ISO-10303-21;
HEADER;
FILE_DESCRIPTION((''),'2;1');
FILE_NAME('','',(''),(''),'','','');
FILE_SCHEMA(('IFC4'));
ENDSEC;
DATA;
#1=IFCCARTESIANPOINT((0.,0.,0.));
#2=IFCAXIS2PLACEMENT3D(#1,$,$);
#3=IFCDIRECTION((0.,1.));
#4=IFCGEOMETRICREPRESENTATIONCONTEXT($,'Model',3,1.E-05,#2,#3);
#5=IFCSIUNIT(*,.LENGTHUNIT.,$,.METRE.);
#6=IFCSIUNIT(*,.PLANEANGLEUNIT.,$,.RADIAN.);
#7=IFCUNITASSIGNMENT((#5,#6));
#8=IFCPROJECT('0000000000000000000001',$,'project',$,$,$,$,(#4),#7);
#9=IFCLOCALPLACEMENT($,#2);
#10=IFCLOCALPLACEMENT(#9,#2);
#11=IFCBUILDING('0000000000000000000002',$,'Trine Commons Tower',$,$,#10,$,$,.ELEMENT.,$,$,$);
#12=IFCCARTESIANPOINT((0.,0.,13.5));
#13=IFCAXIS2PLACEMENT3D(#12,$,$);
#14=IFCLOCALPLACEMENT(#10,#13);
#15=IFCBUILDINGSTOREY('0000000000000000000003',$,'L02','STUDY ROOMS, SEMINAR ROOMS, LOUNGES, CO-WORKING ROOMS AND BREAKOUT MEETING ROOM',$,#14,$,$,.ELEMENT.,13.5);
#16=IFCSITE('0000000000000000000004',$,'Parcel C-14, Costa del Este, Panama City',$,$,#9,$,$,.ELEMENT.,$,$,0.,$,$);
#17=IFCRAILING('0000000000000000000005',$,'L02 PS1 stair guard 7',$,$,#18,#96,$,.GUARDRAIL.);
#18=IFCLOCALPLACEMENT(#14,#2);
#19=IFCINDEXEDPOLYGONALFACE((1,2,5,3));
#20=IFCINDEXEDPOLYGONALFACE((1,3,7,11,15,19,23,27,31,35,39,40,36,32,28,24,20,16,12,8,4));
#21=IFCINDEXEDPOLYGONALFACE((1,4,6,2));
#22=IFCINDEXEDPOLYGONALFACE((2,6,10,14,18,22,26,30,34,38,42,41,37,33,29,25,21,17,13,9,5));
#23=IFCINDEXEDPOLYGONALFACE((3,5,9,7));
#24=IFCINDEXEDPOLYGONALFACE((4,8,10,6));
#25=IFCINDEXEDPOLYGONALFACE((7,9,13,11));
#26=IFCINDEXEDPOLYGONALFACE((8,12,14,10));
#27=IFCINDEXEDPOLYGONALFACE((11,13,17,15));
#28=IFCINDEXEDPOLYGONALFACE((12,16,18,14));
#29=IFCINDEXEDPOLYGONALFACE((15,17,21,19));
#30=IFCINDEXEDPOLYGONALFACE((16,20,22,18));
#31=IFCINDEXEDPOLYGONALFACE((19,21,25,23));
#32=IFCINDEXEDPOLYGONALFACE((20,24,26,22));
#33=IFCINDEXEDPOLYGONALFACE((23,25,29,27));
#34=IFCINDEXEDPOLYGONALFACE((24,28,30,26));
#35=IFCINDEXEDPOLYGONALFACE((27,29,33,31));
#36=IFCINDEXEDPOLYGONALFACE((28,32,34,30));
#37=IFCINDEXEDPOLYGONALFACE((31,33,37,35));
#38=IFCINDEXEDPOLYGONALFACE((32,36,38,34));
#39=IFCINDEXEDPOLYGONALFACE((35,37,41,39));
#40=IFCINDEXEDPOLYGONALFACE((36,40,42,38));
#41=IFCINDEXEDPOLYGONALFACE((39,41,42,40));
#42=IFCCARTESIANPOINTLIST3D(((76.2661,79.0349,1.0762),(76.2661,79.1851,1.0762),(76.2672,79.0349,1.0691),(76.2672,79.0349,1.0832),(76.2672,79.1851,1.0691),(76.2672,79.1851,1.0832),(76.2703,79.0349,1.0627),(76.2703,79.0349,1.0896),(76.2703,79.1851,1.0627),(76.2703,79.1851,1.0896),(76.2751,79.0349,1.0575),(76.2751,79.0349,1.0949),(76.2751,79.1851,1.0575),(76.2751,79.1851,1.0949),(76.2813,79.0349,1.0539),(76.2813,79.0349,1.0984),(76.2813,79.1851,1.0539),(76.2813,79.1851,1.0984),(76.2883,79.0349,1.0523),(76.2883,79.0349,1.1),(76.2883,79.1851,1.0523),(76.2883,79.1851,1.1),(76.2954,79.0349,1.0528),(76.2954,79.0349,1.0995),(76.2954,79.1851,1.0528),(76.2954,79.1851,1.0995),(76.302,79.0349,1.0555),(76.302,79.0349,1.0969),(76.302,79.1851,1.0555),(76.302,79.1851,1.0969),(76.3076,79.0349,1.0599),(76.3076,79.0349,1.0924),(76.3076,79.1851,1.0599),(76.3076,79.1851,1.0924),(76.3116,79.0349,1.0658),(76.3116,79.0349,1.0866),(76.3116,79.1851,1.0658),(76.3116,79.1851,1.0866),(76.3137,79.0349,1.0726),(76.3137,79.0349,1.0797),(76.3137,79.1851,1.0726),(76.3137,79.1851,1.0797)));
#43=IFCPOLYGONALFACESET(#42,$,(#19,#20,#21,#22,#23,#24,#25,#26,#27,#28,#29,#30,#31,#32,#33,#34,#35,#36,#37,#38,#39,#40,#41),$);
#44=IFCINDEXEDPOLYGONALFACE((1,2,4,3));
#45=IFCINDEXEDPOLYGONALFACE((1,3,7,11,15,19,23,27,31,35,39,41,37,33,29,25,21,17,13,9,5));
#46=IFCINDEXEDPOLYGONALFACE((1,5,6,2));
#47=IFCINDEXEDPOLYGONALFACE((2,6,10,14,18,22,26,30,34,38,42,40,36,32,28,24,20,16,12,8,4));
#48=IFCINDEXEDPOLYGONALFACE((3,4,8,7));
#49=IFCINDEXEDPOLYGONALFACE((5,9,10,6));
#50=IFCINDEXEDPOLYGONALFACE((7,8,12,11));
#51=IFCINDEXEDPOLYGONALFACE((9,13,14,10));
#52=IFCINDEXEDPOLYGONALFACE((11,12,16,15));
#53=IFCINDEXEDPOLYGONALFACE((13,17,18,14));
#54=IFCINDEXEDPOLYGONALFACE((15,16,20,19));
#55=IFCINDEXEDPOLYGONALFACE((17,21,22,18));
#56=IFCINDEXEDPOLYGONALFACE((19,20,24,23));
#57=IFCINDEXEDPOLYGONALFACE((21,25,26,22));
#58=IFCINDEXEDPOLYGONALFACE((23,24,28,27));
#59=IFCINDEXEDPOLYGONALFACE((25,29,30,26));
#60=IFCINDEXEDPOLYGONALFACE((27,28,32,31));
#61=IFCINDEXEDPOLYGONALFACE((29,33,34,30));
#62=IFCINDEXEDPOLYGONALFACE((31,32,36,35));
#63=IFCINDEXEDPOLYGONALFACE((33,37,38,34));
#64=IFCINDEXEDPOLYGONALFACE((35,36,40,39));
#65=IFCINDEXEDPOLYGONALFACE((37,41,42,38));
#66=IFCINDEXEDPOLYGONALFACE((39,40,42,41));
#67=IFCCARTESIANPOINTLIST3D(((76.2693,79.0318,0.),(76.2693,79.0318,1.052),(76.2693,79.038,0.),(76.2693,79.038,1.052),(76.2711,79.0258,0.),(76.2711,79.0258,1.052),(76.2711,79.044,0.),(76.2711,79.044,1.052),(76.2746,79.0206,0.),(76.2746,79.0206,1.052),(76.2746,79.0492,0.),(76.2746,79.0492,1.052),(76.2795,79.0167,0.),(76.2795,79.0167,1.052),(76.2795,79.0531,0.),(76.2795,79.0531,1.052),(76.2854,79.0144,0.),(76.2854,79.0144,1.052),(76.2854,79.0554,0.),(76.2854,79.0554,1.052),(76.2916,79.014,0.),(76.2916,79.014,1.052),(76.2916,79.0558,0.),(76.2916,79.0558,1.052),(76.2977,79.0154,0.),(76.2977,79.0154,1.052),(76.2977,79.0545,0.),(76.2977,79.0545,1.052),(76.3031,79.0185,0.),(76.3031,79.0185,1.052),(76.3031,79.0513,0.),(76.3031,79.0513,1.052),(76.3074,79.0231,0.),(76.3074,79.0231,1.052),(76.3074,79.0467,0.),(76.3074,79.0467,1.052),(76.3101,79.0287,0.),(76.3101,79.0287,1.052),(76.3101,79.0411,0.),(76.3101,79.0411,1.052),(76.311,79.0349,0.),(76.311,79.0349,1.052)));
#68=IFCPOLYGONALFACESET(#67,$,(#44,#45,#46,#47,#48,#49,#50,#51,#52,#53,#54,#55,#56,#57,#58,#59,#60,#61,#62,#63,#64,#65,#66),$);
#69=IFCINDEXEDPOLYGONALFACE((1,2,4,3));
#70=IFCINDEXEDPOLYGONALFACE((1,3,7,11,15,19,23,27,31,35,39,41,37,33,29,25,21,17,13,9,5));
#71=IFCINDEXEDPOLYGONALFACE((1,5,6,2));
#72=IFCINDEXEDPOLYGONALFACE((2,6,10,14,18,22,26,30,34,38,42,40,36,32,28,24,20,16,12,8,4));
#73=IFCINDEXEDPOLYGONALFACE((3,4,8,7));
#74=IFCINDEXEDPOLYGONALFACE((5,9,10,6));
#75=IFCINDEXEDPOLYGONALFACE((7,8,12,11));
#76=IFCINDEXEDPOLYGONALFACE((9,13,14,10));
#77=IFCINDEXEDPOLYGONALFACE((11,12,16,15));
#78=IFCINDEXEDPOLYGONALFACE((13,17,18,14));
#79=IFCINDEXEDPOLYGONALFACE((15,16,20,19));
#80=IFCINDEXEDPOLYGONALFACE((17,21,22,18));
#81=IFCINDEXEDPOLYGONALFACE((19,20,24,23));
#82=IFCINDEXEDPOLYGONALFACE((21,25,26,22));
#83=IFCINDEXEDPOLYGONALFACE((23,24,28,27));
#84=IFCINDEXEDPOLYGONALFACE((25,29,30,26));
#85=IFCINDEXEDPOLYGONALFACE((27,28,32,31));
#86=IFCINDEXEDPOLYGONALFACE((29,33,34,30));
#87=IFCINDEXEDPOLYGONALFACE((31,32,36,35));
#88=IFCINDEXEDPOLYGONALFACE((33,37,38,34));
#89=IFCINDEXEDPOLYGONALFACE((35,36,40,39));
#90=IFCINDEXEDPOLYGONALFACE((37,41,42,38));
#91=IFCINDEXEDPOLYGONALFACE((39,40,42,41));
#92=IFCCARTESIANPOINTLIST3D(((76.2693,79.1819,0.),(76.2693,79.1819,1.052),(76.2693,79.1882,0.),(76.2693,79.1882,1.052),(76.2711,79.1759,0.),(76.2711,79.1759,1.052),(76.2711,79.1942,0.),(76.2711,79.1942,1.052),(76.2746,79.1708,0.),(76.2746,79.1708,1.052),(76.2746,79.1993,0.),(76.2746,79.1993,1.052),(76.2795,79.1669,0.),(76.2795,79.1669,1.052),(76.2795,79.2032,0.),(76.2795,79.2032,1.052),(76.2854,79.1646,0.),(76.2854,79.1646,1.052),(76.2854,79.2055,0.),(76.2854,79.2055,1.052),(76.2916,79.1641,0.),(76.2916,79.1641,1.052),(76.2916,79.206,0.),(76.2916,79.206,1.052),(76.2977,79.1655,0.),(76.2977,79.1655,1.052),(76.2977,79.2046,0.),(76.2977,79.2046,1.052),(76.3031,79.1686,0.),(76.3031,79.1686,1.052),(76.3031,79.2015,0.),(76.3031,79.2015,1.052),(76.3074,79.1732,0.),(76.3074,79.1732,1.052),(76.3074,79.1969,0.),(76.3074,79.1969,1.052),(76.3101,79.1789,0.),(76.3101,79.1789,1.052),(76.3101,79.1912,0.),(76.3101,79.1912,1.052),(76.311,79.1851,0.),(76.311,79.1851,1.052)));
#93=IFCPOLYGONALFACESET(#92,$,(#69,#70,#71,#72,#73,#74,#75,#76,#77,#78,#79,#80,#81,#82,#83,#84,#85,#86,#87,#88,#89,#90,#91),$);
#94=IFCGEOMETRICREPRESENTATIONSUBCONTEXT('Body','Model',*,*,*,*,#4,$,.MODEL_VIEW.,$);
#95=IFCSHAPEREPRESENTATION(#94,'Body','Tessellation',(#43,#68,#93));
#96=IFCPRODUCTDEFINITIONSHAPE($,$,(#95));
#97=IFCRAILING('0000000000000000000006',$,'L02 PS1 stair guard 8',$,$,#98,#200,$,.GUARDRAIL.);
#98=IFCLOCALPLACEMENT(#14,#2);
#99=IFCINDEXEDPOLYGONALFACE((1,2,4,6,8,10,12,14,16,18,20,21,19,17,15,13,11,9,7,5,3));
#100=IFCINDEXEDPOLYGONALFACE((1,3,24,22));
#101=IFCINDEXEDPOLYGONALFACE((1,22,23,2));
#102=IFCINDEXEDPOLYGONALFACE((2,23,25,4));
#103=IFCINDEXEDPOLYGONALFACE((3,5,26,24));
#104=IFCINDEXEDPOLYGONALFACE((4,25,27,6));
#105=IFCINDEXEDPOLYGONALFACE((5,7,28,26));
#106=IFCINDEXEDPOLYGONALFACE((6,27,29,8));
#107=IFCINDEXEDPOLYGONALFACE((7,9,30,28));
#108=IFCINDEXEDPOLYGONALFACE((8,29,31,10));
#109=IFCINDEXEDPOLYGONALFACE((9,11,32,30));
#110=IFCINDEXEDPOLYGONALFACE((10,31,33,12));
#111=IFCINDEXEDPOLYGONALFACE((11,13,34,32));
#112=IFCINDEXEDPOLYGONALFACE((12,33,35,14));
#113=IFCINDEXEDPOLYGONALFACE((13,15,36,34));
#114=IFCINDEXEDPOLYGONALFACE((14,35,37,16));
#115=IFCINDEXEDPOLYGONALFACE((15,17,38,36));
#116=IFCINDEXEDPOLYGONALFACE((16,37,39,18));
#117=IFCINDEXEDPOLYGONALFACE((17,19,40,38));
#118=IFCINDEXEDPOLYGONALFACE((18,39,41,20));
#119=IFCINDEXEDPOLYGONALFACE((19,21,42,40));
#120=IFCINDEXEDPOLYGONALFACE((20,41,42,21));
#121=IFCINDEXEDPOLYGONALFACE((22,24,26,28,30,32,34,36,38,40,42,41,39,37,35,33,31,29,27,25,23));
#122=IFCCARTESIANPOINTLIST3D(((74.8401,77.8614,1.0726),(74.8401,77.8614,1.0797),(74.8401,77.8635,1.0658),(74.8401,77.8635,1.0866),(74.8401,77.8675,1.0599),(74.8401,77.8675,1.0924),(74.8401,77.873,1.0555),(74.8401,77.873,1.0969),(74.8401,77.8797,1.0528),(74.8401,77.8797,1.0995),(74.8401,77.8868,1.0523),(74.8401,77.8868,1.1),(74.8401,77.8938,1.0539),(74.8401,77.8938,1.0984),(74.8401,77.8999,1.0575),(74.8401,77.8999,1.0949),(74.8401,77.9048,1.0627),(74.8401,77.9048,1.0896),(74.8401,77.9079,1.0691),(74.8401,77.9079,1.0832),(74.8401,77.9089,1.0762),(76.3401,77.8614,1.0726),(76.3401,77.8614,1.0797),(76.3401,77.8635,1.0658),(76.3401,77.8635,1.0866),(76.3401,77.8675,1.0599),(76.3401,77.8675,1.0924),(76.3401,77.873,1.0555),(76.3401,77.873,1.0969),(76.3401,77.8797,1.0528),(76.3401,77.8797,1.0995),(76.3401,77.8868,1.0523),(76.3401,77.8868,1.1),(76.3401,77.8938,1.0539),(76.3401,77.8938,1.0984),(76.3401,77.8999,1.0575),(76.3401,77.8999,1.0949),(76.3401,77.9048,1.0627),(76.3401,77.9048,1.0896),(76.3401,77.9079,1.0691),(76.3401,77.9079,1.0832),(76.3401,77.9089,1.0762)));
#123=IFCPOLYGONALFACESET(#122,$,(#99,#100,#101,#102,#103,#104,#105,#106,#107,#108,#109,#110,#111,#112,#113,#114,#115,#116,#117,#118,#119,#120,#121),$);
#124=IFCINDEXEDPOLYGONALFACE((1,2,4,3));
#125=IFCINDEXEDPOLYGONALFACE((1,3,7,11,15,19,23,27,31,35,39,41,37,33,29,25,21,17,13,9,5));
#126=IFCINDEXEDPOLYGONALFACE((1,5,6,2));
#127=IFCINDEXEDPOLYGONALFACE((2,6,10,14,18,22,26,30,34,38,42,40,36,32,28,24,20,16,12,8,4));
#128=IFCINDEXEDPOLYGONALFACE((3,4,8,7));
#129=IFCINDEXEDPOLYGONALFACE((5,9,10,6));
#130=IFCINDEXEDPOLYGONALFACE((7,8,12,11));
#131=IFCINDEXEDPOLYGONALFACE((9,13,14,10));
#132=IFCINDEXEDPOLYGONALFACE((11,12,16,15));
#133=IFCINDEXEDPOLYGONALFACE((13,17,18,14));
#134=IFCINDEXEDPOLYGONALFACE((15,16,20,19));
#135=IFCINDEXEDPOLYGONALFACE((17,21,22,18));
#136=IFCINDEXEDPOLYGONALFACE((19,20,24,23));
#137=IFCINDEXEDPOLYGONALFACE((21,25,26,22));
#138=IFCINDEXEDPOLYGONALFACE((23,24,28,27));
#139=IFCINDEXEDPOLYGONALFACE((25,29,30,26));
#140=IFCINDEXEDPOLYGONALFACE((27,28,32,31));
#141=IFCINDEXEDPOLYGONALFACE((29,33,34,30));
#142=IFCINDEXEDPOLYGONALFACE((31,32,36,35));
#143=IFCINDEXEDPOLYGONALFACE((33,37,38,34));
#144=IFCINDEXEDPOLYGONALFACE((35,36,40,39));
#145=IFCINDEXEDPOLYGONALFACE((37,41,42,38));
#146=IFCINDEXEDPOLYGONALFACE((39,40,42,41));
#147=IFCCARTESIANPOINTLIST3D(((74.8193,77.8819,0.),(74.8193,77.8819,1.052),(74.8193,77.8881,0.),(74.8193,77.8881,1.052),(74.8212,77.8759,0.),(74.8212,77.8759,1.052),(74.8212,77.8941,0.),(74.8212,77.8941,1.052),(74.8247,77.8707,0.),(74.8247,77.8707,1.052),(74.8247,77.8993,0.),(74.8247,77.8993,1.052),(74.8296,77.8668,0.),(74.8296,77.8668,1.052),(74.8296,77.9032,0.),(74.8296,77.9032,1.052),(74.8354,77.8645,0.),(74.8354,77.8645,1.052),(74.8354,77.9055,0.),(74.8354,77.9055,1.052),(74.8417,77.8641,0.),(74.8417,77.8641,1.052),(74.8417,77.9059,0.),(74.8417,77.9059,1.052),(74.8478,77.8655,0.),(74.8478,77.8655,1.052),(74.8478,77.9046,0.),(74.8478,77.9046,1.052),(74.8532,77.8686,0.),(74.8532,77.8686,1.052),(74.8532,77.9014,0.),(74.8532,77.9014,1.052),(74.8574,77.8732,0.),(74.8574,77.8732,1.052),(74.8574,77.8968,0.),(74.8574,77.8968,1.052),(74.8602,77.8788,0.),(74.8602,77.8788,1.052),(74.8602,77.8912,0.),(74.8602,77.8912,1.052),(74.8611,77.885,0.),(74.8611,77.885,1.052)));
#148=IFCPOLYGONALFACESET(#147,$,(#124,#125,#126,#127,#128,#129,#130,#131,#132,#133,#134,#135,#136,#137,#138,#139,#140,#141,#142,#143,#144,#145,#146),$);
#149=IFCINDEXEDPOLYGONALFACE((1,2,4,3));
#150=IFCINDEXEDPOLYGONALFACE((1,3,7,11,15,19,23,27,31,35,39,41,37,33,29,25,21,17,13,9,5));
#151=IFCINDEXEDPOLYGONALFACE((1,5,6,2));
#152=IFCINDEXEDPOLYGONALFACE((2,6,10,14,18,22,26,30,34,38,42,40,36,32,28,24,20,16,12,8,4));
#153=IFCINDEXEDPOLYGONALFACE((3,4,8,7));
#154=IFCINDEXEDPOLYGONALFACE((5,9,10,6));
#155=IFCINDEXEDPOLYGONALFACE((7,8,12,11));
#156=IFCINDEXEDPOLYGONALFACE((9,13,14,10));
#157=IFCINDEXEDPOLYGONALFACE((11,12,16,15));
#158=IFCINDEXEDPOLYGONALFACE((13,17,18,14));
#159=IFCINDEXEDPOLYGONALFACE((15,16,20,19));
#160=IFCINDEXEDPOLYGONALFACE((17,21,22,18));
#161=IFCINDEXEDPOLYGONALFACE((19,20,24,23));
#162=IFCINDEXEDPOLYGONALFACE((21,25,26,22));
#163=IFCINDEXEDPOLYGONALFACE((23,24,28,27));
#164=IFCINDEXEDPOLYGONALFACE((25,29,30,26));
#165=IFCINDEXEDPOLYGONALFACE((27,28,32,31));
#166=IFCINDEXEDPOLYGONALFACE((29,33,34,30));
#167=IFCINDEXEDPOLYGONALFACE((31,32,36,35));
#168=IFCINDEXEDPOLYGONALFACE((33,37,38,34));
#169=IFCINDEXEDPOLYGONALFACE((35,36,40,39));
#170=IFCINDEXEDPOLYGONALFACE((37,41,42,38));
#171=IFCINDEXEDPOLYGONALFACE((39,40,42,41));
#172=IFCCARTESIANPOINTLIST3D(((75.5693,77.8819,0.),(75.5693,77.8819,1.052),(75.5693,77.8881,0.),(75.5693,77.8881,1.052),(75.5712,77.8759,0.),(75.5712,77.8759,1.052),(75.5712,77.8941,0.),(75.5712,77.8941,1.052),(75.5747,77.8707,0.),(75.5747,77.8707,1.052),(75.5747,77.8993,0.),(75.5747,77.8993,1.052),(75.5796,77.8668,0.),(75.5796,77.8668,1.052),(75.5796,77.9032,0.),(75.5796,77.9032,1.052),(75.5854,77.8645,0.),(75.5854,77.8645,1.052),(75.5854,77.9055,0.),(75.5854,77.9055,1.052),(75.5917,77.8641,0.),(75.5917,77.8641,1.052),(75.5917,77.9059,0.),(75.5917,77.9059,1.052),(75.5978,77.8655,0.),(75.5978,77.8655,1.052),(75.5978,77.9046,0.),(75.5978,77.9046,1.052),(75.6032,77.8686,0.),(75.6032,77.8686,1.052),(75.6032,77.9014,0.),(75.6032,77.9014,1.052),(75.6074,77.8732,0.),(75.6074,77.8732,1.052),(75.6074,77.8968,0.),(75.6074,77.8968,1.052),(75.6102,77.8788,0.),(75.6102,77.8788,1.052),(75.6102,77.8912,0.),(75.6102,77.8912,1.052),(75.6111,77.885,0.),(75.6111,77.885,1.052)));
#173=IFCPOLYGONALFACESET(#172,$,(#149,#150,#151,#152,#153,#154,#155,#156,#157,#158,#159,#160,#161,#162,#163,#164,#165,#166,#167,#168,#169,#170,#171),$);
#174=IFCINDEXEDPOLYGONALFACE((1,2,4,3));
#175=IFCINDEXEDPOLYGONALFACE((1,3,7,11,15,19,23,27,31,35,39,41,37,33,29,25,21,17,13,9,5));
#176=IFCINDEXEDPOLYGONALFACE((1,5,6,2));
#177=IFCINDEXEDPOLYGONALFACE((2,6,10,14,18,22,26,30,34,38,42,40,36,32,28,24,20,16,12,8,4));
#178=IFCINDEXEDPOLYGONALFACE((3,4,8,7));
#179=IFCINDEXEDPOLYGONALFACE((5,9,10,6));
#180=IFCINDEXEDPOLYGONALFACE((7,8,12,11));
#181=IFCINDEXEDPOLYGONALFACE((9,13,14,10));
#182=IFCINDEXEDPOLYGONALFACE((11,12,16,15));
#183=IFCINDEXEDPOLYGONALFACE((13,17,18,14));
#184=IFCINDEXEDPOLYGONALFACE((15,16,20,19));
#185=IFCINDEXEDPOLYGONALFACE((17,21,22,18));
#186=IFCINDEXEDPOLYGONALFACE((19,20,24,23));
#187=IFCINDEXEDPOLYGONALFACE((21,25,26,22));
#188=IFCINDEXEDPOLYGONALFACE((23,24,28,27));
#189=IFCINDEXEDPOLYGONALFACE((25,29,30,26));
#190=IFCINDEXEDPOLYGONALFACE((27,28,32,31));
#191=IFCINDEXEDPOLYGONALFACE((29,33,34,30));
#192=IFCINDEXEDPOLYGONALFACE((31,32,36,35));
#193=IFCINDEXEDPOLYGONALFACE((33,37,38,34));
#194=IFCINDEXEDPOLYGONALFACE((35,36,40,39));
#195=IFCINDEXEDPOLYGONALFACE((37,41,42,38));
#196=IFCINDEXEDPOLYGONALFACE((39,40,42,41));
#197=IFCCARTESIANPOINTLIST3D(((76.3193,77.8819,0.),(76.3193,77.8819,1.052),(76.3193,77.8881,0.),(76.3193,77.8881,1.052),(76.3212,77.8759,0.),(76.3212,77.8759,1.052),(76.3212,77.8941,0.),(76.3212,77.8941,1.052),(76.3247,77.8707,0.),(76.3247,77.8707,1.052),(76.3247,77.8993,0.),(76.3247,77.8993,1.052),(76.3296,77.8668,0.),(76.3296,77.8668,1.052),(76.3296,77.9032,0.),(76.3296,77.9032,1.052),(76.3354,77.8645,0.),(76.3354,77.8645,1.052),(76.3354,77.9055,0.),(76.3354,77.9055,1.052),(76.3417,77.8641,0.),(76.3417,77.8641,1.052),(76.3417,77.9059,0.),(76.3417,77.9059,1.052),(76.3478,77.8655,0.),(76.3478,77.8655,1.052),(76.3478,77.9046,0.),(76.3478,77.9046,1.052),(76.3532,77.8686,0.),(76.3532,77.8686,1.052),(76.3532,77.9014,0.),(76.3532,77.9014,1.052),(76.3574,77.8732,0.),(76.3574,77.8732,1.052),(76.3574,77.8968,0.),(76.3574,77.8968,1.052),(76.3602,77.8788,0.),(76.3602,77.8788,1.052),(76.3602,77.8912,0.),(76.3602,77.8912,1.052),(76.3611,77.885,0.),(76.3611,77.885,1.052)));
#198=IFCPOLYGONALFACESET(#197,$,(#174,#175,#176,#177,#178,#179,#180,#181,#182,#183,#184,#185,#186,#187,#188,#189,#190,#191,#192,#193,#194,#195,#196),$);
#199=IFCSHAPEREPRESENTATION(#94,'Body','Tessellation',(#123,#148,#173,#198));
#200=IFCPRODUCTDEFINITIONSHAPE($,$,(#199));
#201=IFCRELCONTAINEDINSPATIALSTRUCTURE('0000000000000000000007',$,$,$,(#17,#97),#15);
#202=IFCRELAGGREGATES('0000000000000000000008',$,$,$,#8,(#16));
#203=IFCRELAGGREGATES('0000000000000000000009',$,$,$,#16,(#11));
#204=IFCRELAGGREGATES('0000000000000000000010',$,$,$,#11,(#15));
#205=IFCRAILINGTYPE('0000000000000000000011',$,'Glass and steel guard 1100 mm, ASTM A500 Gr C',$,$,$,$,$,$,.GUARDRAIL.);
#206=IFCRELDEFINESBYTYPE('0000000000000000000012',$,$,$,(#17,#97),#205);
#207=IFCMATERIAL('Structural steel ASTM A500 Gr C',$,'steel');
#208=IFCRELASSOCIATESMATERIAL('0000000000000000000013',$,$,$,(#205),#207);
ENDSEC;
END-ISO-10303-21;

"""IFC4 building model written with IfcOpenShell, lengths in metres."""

from ifc_helpers import new_model, si_unit, direction, frame, origin, origin_2d, place, context, subcontext, project, spatial, circle, extrude, material, type_object, element, save


model = new_model("IFC4")

# Units and contexts
model_context = context("Model", 3, precision=1e-05, world=origin(), true_north=direction((0.0, 1.0)))
body_context = subcontext(model_context, "Body", "Model", "MODEL_VIEW")
ifc_project = project(units=[si_unit("LENGTHUNIT", "METRE"), si_unit("PLANEANGLEUNIT", "RADIAN")], contexts=[model_context])

# Site, building, storey
site_placement = place(None, origin())
site = spatial("IfcSite", under=ifc_project, at=site_placement, Name="Parcel C-14, Costa del Este, Panama City", CompositionType="ELEMENT", RefElevation=0.0)
building_placement = place(site_placement, origin())
building = spatial("IfcBuilding", under=site, at=building_placement, Name="Trine Commons Tower", CompositionType="ELEMENT")
storey_placement = place(building_placement, frame((0.0, 0.0, 13.5)))
storey = spatial("IfcBuildingStorey", under=building, at=storey_placement, Name="L02", Description="STUDY ROOMS, SEMINAR ROOMS, LOUNGES, CO-WORKING ROOMS AND BREAKOUT MEETING ROOM", CompositionType="ELEMENT", Elevation=13.5)

# Railings
ifc_material_1 = material(Name="Structural steel ASTM A500 Gr C", Category="steel")
railing_type_1 = type_object("IfcRailingType", Name="Glass and steel guard 1100 mm, ASTM A500 Gr C", PredefinedType="GUARDRAIL", material=ifc_material_1)
railing_1_placement = place(storey_placement, frame((76.29, 79.0349, 0.0)))
element("IfcRailing", 1, at=railing_1_placement, inside=storey, type_object=railing_type_1, Name="L02 PS1 stair guard 7", PredefinedType="GUARDRAIL", context=body_context, shape_type="SweptSolid", body=[
    extrude(circle(Radius=0.0239, at=origin_2d()), frame((0.0, 0.0, 1.0762), z_axis=(0.0, 1.0, 0.0), x_axis=(-1.0, 0.0, 0.0)), (0.0, 0.0, 1.0), 0.1501),
    extrude(circle(Radius=0.021, at=origin_2d()), origin(), (0.0, 0.0, 1.0), 1.052),
    extrude(circle(Radius=0.021, at=origin_2d()), frame((0.0, 0.1501, 0.0)), (0.0, 0.0, 1.0), 1.052),
])
for number, where, name in (
    (2, (74.8401, 77.885, 0.0), "L02 PS1 stair guard 8"),
):
    element("IfcRailing", number, at=place(storey_placement, frame(where)), inside=storey, type_object=railing_type_1, Name=name, PredefinedType="GUARDRAIL", context=body_context, shape_type="SweptSolid", body=[
        extrude(circle(Radius=0.0239, at=origin_2d()), frame((0.0, 0.0, 1.0762), z_axis=(1.0, 0.0, 0.0), x_axis=(0.0, 1.0, 0.0)), (0.0, 0.0, 1.0), 1.5),
        extrude(circle(Radius=0.021, at=origin_2d()), origin(), (0.0, 0.0, 1.0), 1.052),
        extrude(circle(Radius=0.021, at=origin_2d()), frame((0.75, 0.0, 0.0)), (0.0, 0.0, 1.0), 1.052),
        extrude(circle(Radius=0.021, at=origin_2d()), frame((1.5, 0.0, 0.0)), (0.0, 0.0, 1.0), 1.052),
    ])

save(model, "model.ifc")
